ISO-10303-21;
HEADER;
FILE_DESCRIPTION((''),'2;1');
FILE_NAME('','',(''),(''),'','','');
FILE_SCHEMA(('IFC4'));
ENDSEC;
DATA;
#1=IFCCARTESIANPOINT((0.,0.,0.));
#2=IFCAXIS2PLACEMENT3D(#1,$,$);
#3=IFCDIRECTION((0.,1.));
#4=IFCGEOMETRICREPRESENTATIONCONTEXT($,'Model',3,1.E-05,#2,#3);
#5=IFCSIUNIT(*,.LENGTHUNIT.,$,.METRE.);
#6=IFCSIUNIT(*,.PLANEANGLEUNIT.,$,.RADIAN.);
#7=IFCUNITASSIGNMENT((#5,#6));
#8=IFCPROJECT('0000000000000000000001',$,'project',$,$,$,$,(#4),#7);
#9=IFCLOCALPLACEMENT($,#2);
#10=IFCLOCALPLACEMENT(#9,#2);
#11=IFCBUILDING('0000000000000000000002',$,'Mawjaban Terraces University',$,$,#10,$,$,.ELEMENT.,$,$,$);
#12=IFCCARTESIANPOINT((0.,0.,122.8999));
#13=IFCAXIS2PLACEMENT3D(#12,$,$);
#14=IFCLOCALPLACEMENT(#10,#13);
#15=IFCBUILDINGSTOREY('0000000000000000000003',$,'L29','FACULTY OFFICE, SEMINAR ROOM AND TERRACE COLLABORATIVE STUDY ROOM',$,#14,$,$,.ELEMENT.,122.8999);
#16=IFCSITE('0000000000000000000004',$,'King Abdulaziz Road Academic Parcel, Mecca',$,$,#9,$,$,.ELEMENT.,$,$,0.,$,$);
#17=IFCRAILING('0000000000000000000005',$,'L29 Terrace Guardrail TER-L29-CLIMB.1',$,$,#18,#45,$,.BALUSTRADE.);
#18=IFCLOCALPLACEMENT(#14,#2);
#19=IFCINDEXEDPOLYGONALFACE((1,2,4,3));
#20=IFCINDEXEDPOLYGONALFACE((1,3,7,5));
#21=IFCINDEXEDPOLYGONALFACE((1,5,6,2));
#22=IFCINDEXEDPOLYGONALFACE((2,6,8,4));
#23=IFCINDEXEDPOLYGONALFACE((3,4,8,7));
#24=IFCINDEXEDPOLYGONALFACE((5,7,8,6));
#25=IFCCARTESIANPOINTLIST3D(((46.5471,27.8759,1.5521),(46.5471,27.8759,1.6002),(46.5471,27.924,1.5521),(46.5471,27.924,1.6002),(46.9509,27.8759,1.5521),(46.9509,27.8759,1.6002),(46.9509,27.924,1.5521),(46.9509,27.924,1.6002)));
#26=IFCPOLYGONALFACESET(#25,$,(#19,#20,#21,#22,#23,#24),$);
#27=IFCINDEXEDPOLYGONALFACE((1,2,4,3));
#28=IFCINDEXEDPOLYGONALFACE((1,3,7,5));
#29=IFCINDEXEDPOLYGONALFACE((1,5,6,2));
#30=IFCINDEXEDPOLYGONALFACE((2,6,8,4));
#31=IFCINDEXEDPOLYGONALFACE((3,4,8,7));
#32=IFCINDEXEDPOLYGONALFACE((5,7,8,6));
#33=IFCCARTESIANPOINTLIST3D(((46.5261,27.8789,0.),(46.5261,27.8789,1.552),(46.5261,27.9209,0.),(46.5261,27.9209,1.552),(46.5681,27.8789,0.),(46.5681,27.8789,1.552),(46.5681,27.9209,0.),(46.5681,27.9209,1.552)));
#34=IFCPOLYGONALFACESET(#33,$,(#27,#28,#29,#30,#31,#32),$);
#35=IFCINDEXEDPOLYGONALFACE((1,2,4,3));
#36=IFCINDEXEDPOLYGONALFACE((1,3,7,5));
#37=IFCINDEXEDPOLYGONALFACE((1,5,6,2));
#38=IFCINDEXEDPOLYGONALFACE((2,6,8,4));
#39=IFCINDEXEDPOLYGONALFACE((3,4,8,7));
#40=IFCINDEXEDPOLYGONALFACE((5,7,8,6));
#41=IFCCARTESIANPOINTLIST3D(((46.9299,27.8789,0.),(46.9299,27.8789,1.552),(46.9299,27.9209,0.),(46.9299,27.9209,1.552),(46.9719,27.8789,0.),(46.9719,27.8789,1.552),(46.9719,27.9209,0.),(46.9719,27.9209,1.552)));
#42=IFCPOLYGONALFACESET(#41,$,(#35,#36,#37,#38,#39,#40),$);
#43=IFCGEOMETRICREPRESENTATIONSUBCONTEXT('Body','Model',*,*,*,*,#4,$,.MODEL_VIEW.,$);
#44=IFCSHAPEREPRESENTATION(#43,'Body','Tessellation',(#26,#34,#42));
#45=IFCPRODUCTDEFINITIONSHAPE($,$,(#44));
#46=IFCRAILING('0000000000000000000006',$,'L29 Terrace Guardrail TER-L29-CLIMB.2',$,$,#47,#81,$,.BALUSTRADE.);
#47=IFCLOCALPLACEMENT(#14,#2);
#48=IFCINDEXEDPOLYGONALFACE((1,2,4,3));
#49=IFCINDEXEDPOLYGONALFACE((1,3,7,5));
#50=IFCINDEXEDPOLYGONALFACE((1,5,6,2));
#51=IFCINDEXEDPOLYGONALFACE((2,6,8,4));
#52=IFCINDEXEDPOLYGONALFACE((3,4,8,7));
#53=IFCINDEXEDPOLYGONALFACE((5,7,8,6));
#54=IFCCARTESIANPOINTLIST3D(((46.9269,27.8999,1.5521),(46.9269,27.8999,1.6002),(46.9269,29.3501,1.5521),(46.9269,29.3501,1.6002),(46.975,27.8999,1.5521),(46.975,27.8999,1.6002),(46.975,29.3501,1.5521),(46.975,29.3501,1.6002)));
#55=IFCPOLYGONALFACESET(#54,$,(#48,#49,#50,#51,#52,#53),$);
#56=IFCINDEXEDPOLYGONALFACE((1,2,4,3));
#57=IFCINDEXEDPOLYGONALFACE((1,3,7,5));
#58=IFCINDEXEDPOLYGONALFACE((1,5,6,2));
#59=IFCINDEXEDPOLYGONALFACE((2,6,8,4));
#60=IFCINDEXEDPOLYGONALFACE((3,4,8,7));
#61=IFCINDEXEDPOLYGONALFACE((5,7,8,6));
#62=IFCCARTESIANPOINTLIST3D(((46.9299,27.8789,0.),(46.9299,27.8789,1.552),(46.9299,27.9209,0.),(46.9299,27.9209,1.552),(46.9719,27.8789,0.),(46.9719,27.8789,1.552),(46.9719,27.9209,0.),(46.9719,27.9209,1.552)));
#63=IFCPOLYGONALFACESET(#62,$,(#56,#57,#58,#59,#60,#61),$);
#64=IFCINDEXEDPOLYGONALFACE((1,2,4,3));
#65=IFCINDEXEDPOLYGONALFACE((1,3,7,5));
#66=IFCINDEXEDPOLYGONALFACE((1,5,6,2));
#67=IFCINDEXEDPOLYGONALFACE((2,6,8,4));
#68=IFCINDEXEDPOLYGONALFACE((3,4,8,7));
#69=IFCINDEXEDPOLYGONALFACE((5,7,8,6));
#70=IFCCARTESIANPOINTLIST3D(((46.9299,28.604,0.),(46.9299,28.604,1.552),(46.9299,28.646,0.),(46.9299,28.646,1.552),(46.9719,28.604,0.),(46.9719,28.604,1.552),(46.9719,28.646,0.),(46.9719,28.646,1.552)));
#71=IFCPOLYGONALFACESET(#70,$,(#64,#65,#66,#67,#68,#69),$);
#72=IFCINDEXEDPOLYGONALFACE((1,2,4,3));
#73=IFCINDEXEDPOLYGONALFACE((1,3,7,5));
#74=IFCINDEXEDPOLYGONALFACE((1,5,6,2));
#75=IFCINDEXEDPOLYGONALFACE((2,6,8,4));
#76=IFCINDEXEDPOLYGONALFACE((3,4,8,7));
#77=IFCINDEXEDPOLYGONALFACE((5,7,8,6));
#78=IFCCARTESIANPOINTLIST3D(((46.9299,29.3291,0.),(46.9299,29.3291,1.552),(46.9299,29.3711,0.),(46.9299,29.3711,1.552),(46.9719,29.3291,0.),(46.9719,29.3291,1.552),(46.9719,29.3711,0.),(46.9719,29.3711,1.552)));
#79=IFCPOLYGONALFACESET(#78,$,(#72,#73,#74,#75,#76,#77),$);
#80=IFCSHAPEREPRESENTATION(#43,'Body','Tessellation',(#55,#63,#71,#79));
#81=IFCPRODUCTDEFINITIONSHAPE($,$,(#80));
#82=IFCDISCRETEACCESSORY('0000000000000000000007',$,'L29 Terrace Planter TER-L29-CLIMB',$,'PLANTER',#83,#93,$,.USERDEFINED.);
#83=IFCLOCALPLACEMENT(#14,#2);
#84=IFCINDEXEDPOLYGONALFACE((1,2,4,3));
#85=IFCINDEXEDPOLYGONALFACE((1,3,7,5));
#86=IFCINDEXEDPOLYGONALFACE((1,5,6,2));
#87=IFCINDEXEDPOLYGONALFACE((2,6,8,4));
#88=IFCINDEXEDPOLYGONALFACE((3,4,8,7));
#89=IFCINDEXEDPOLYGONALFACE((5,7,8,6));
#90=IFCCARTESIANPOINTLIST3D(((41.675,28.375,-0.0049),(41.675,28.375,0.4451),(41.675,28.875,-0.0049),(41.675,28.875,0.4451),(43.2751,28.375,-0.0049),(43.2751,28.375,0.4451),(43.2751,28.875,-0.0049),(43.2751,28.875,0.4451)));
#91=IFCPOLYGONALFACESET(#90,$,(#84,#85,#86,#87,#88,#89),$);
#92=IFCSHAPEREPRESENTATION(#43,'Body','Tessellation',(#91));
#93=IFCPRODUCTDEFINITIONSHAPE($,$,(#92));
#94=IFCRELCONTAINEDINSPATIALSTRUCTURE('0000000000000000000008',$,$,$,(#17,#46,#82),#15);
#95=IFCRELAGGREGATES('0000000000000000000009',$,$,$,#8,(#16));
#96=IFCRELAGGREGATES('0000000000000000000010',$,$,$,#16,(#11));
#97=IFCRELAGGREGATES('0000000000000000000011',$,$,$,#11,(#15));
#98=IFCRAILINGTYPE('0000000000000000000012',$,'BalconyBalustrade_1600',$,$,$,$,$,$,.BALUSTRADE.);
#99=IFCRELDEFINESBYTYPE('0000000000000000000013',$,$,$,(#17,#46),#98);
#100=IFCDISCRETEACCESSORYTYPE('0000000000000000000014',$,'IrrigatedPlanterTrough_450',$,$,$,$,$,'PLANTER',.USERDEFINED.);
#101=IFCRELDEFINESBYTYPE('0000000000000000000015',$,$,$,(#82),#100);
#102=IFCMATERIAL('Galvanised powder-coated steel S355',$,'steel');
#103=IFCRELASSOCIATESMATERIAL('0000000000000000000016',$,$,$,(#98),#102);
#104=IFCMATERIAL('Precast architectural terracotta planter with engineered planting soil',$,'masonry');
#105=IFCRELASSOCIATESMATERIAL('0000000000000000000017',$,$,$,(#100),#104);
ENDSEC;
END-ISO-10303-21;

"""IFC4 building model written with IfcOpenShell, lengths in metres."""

from ifc_helpers import new_model, si_unit, direction, frame, origin, origin_2d, place, context, subcontext, project, spatial, rectangle, extrude, material, type_object, element, save


model = new_model("IFC4")

# Units and contexts
model_context = context("Model", 3, precision=1e-05, world=origin(), true_north=direction((0.0, 1.0)))
body_context = subcontext(model_context, "Body", "Model", "MODEL_VIEW")
ifc_project = project(units=[si_unit("LENGTHUNIT", "METRE"), si_unit("PLANEANGLEUNIT", "RADIAN")], contexts=[model_context])

# Site, building, storey
site_placement = place(None, origin())
site = spatial("IfcSite", under=ifc_project, at=site_placement, Name="King Abdulaziz Road Academic Parcel, Mecca", CompositionType="ELEMENT", RefElevation=0.0)
building_placement = place(site_placement, origin())
building = spatial("IfcBuilding", under=site, at=building_placement, Name="Mawjaban Terraces University", CompositionType="ELEMENT")
storey_placement = place(building_placement, frame((0.0, 0.0, 122.8999)))
storey = spatial("IfcBuildingStorey", under=building, at=storey_placement, Name="L29", Description="FACULTY OFFICE, SEMINAR ROOM AND TERRACE COLLABORATIVE STUDY ROOM", CompositionType="ELEMENT", Elevation=122.8999)

# Railings
ifc_material_1 = material(Name="Galvanised powder-coated steel S355", Category="steel")
railing_type = type_object("IfcRailingType", Name="BalconyBalustrade_1600", PredefinedType="BALUSTRADE", material=ifc_material_1)
railing_1_placement = place(storey_placement, frame((46.5471, 27.8999, 0.0)))
element("IfcRailing", 1, at=railing_1_placement, inside=storey, type_object=railing_type, Name="L29 Terrace Guardrail TER-L29-CLIMB.1", PredefinedType="BALUSTRADE", context=body_context, shape_type="SweptSolid", body=[
    extrude(rectangle(XDim=0.0481, YDim=0.0481, at=origin_2d()), frame((0.0, 0.0, 1.5762), z_axis=(1.0, 0.0, 0.0), x_axis=(0.0, 1.0, 0.0)), (0.0, 0.0, 1.0), 0.4038),
    extrude(rectangle(XDim=0.042, YDim=0.042, at=origin_2d()), origin(), (0.0, 0.0, 1.0), 1.552),
    extrude(rectangle(XDim=0.042, YDim=0.042, at=origin_2d()), frame((0.4038, 0.0, 0.0)), (0.0, 0.0, 1.0), 1.552),
])
railing_2_placement = place(storey_placement, frame((46.9509, 27.8999, 0.0)))
element("IfcRailing", 2, at=railing_2_placement, inside=storey, type_object=railing_type, Name="L29 Terrace Guardrail TER-L29-CLIMB.2", PredefinedType="BALUSTRADE", context=body_context, shape_type="SweptSolid", body=[
    extrude(rectangle(XDim=0.0481, YDim=0.0481, at=origin_2d()), frame((0.0, 0.0, 1.5762), z_axis=(0.0, 1.0, 0.0), x_axis=(-1.0, 0.0, 0.0)), (0.0, 0.0, 1.0), 1.4502),
    extrude(rectangle(XDim=0.042, YDim=0.042, at=origin_2d()), origin(), (0.0, 0.0, 1.0), 1.552),
    extrude(rectangle(XDim=0.042, YDim=0.042, at=origin_2d()), frame((0.0, 0.7251, 0.0)), (0.0, 0.0, 1.0), 1.552),
    extrude(rectangle(XDim=0.042, YDim=0.042, at=origin_2d()), frame((0.0, 1.4502, 0.0)), (0.0, 0.0, 1.0), 1.552),
])

# Discrete accessory
ifc_material_2 = material(Name="Precast architectural terracotta planter with engineered planting soil", Category="masonry")
discrete_accessory_type = type_object("IfcDiscreteAccessoryType", Name="IrrigatedPlanterTrough_450", ElementType="PLANTER", PredefinedType="USERDEFINED", material=ifc_material_2)
discrete_accessory_placement = place(storey_placement, frame((42.4751, 28.625, -0.0049), z_axis=(0.0, 0.0, 1.0), x_axis=(1.0, 0.0, 0.0)))
element("IfcDiscreteAccessory", 3, at=discrete_accessory_placement, inside=storey, type_object=discrete_accessory_type, Name="L29 Terrace Planter TER-L29-CLIMB", ObjectType="PLANTER", PredefinedType="USERDEFINED", context=body_context, shape_type="SweptSolid", body=[
    extrude(rectangle(XDim=1.6001, YDim=0.5, at=origin_2d()), origin(), (0.0, 0.0, 1.0), 0.45),
])

save(model, "model.ifc")
